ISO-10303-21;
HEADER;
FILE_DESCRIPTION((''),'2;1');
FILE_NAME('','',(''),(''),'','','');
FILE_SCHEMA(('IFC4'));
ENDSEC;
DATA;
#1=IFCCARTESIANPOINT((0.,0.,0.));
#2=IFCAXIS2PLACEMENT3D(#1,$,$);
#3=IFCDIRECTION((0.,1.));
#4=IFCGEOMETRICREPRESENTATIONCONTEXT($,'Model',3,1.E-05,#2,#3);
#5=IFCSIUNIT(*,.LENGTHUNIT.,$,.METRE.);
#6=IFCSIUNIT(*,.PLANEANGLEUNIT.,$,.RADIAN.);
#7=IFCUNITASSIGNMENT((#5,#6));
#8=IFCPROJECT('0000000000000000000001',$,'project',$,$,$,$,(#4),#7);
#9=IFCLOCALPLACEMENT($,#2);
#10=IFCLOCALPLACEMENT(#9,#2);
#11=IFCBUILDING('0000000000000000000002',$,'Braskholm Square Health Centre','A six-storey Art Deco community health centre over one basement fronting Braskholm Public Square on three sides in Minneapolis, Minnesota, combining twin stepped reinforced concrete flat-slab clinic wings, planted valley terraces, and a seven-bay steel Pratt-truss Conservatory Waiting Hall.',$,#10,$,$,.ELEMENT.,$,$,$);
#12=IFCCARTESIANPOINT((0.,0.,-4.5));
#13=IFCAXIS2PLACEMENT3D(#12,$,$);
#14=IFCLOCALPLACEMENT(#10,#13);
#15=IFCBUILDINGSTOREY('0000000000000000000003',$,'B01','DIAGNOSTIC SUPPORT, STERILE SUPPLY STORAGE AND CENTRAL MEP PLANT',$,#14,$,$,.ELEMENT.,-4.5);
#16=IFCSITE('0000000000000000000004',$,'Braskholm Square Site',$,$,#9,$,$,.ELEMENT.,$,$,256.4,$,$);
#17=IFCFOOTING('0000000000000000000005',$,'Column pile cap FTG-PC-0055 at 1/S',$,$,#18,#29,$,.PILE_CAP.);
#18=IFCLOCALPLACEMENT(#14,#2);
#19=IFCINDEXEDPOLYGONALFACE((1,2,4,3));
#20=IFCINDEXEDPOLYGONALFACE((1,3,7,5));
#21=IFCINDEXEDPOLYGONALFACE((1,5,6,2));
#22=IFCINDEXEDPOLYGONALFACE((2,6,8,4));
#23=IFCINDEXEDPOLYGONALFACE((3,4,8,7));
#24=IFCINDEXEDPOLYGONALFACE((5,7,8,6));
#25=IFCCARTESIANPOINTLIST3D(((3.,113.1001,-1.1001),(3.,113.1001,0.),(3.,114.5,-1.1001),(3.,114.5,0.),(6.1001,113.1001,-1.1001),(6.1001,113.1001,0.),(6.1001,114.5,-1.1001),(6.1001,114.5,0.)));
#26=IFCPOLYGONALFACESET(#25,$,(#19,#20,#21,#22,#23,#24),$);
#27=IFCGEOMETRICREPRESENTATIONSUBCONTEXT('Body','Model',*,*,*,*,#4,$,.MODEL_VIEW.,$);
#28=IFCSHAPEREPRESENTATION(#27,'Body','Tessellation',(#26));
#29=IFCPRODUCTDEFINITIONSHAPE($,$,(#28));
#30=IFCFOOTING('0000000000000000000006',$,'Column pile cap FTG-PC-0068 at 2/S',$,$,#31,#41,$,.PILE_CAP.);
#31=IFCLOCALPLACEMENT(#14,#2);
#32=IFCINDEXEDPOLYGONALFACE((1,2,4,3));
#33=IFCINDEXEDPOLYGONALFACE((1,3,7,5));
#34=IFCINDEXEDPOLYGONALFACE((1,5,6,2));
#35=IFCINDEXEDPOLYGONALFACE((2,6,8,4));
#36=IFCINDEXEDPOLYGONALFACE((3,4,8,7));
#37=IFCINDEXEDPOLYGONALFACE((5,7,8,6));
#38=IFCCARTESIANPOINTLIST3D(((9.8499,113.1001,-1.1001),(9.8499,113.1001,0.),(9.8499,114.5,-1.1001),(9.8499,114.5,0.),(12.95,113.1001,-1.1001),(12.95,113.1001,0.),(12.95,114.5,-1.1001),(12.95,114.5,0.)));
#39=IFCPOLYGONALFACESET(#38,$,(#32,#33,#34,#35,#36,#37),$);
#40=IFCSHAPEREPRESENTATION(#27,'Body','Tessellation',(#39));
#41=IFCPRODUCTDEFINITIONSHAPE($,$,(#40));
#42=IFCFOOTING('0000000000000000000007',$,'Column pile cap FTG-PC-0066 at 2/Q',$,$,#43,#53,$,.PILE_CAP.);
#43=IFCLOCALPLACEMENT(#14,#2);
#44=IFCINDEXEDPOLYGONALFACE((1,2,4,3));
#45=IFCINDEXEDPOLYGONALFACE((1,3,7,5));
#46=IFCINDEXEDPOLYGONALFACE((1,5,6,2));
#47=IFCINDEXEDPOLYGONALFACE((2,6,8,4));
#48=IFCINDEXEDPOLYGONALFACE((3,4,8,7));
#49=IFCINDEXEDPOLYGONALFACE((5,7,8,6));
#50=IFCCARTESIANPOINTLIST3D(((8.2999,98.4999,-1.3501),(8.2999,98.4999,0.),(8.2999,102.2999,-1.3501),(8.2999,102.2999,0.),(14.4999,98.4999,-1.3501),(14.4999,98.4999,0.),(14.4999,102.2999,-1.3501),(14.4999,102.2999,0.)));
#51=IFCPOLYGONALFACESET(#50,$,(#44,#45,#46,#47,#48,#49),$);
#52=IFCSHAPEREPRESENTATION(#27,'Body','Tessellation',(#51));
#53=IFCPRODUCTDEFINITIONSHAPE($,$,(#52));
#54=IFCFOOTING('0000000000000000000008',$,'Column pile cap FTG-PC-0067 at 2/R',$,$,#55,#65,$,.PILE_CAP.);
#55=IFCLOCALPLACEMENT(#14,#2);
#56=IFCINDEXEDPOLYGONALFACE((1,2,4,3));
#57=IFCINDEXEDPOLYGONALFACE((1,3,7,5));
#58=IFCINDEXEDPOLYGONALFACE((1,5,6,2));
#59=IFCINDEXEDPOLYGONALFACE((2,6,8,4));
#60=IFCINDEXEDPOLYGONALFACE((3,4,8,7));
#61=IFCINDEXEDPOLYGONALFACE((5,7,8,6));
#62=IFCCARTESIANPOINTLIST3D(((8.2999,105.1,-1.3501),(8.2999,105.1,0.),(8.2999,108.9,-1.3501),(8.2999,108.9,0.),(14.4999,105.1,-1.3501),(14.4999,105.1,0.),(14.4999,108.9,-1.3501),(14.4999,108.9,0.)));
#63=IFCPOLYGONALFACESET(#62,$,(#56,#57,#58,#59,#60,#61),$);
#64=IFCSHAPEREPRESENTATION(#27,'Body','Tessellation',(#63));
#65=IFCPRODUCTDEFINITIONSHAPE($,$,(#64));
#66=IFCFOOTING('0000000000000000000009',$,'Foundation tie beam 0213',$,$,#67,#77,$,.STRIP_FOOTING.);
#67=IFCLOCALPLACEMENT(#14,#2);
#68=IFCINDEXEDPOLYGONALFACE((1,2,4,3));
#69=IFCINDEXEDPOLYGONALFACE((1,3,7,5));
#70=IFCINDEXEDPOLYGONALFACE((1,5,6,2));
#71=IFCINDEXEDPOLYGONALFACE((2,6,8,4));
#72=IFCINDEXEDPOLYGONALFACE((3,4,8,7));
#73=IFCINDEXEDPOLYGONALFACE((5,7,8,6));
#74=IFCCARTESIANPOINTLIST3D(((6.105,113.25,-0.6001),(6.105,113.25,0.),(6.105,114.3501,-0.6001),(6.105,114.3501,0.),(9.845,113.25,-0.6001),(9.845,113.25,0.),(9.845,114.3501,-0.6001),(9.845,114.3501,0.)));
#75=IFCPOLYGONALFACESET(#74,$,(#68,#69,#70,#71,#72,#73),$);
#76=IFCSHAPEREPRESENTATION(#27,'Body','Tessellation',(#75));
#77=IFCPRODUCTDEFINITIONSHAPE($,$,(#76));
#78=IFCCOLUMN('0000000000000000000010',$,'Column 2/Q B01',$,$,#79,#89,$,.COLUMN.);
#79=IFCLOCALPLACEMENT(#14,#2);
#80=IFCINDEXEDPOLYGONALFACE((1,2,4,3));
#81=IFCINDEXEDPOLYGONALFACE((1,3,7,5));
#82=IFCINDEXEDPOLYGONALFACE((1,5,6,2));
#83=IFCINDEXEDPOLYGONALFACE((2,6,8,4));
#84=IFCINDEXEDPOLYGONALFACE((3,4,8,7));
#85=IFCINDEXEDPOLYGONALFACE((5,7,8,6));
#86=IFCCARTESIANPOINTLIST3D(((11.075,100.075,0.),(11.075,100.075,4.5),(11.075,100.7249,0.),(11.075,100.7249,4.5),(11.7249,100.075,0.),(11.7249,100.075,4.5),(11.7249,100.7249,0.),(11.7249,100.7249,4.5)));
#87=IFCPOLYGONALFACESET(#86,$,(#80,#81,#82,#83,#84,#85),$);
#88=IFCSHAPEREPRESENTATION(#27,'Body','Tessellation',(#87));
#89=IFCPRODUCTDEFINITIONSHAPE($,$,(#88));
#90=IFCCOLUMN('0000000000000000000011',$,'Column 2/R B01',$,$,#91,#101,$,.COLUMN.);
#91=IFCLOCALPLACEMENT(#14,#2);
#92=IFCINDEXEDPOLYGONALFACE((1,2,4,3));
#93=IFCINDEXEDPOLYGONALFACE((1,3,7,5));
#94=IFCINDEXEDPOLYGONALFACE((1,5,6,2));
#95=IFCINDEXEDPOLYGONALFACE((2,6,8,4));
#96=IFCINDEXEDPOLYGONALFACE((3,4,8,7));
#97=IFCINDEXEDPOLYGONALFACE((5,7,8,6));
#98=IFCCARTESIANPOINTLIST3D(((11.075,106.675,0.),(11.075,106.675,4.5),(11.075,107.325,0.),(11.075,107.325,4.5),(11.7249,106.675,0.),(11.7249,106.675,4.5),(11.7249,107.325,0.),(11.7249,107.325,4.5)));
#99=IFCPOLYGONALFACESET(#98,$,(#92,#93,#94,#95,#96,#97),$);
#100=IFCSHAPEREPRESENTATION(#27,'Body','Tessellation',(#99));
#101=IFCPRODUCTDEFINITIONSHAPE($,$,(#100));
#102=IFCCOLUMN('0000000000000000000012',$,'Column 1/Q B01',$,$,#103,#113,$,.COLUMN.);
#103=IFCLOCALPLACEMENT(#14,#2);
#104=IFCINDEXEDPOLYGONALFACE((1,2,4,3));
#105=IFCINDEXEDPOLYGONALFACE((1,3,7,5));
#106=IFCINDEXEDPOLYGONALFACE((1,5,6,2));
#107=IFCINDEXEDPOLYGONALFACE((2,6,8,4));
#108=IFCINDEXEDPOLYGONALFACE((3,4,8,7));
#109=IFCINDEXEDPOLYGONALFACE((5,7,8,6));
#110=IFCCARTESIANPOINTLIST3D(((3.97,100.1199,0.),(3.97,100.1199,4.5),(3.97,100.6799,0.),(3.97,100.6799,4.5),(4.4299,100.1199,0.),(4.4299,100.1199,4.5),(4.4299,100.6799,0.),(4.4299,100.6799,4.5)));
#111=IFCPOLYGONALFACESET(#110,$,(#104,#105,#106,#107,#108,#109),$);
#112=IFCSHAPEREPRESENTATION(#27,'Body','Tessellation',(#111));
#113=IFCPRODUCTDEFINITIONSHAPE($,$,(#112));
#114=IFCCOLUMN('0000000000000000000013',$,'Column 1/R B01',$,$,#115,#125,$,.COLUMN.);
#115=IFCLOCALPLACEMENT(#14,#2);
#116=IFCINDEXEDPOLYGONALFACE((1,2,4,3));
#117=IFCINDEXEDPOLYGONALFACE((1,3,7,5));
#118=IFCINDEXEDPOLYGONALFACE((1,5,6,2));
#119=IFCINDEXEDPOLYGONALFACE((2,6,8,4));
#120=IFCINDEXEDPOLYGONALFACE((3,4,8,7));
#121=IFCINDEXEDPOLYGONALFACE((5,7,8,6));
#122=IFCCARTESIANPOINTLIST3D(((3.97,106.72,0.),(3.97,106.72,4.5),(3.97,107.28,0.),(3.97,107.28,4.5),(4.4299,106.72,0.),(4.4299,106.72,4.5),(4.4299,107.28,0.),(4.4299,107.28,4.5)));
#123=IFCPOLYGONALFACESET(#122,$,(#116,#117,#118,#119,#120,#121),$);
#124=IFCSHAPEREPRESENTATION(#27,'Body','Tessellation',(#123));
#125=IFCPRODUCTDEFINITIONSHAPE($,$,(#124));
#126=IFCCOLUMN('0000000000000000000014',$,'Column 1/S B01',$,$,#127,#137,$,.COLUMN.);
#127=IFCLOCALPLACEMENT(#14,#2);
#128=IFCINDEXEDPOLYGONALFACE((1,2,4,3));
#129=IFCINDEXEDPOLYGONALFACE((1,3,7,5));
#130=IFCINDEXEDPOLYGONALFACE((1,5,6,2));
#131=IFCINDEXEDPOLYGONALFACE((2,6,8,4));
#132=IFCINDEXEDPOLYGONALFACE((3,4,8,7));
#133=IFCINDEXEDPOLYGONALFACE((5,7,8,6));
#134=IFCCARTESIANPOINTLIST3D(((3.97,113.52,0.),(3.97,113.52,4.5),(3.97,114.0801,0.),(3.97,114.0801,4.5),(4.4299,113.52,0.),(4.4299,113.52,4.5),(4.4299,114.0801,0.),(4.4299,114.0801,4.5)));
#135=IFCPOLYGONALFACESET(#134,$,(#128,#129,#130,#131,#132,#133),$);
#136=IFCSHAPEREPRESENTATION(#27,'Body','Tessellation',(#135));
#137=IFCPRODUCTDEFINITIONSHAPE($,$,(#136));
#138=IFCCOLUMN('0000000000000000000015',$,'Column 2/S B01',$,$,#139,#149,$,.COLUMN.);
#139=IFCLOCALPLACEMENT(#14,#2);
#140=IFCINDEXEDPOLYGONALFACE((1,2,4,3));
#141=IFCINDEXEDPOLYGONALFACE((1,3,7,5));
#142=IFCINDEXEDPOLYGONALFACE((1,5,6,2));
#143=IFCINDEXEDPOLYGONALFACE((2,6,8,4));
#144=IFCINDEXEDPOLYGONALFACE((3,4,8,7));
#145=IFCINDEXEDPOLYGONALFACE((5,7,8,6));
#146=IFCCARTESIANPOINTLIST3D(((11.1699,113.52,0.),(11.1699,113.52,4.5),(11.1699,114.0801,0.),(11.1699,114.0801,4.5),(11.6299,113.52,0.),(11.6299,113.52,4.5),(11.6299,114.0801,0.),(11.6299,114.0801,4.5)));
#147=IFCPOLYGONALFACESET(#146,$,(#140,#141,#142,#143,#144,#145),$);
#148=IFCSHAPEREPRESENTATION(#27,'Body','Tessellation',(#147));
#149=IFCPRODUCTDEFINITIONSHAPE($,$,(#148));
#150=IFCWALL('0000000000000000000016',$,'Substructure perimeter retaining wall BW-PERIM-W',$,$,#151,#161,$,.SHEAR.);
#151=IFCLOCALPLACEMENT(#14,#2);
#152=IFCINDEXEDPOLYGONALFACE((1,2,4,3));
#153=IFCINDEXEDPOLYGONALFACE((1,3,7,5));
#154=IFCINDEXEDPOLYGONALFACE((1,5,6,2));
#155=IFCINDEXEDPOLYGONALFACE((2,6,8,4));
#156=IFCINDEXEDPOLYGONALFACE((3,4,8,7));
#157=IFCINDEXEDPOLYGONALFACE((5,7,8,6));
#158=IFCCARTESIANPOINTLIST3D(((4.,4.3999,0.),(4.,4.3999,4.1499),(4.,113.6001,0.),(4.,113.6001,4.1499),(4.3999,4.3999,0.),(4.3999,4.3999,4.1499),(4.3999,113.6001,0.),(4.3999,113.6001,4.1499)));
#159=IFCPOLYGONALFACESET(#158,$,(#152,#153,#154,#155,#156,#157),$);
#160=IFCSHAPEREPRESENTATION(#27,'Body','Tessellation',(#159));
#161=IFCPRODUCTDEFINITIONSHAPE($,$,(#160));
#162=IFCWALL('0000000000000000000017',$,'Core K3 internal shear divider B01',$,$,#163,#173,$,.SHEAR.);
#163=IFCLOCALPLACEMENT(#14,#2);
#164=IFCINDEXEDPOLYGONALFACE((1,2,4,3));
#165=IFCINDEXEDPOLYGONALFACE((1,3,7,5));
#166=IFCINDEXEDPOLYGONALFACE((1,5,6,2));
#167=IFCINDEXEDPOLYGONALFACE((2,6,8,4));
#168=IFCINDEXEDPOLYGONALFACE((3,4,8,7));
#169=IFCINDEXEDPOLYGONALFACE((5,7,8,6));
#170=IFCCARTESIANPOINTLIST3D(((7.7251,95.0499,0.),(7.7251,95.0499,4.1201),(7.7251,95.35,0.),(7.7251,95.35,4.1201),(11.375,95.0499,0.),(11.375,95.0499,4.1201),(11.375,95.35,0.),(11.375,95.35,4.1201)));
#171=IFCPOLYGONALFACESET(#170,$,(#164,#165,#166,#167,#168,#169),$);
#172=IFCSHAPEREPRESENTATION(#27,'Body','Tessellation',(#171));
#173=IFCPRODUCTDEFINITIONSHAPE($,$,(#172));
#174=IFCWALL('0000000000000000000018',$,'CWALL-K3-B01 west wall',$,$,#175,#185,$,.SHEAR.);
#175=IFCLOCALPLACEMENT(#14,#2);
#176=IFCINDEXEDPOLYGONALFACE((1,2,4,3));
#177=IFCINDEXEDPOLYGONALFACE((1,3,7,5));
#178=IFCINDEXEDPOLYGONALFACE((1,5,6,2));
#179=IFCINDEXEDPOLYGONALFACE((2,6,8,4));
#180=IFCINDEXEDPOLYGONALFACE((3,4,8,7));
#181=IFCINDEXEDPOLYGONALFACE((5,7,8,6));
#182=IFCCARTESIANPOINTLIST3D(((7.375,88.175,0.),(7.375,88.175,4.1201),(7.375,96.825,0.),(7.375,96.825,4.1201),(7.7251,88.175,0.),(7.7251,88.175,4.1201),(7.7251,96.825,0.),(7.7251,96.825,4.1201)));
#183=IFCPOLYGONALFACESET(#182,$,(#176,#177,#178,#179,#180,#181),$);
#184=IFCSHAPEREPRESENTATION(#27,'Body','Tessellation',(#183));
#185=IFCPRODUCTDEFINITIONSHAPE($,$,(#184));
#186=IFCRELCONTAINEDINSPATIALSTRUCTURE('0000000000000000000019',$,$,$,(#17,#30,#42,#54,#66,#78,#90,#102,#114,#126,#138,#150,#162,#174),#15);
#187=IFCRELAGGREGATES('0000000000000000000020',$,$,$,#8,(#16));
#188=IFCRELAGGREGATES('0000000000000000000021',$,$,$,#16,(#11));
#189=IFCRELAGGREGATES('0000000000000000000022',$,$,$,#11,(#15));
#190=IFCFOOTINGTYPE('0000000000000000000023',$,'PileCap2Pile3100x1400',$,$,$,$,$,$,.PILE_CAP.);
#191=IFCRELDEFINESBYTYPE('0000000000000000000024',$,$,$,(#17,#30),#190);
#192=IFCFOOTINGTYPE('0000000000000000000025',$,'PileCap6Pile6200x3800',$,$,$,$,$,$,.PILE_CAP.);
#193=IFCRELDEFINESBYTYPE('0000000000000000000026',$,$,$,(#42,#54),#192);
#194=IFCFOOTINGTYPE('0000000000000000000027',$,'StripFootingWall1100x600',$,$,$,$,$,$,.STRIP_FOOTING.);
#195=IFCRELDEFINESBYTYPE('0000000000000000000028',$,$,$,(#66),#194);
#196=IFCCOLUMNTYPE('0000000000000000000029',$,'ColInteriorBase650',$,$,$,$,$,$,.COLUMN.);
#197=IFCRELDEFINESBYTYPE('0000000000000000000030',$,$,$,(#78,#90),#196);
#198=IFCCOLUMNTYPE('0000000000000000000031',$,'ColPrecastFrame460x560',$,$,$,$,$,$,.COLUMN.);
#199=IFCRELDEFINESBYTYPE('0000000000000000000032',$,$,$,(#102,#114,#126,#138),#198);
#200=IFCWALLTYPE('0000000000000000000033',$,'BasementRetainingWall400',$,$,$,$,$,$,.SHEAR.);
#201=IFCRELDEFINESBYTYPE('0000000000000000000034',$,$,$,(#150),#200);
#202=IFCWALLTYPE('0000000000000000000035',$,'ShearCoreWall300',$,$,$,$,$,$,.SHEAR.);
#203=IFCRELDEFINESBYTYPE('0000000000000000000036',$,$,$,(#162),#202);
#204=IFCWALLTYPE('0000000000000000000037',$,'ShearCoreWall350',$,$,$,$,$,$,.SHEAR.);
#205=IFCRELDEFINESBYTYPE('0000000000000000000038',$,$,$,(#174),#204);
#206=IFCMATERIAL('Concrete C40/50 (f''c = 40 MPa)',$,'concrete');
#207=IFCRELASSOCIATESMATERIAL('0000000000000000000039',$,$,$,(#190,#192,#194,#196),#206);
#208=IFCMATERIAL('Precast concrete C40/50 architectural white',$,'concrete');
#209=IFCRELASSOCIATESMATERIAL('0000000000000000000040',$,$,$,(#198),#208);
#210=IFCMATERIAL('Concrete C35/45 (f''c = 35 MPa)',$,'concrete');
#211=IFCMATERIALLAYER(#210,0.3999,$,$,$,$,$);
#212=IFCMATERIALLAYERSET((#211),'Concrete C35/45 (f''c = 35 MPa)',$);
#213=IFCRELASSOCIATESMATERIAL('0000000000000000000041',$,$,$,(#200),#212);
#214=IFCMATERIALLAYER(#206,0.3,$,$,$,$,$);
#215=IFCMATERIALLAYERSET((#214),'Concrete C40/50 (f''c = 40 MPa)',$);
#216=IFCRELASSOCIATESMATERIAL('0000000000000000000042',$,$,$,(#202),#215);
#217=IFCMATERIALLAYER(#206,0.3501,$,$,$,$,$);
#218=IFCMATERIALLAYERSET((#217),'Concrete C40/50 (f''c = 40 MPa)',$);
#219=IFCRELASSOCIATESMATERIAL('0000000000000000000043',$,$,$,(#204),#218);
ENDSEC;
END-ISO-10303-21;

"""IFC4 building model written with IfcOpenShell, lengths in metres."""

from ifc_helpers import new_model, si_unit, direction, frame, frame_2d, origin, origin_2d, place, context, subcontext, project, spatial, rectangle, extrude, material, layer, layer_set, material_profile, profile_set, type_object, element, save


model = new_model("IFC4")

# Units and contexts
model_context = context("Model", 3, precision=1e-05, world=origin(), true_north=direction((0.0, 1.0)))
body_context = subcontext(model_context, "Body", "Model", "MODEL_VIEW")
ifc_project = project(units=[si_unit("LENGTHUNIT", "METRE"), si_unit("PLANEANGLEUNIT", "RADIAN")], contexts=[model_context])

# Site, building, storey
site_placement = place(None, origin())
site = spatial("IfcSite", under=ifc_project, at=site_placement, Name="Braskholm Square Site", CompositionType="ELEMENT", RefElevation=256.4)
building_placement = place(site_placement, origin())
building = spatial("IfcBuilding", under=site, at=building_placement, Name="Braskholm Square Health Centre", Description="A six-storey Art Deco community health centre over one basement fronting Braskholm Public Square on three sides in Minneapolis, Minnesota, combining twin stepped reinforced concrete flat-slab clinic wings, planted valley terraces, and a seven-bay steel Pratt-truss Conservatory Waiting Hall.", CompositionType="ELEMENT")
storey_placement = place(building_placement, frame((0.0, 0.0, -4.5)))
storey = spatial("IfcBuildingStorey", under=building, at=storey_placement, Name="B01", Description="DIAGNOSTIC SUPPORT, STERILE SUPPLY STORAGE AND CENTRAL MEP PLANT", CompositionType="ELEMENT", Elevation=-4.5)

# Shared definitions
ifc_material_1 = material(Name="Concrete C40/50 (f'c = 40 MPa)", Category="concrete")

# Footings
footing_type_1 = type_object("IfcFootingType", Name="PileCap2Pile3100x1400", PredefinedType="PILE_CAP", material=ifc_material_1)
for number, where, z_axis, x_axis, name in (
    (1, (4.55, 113.8, -1.1001), (0.0, 0.0, 1.0), (1.0, 0.0, 0.0), "Column pile cap FTG-PC-0055 at 1/S"),
    (2, (11.3999, 113.8, -1.1001), (0.0, 0.0, 1.0), (1.0, 0.0, 0.0), "Column pile cap FTG-PC-0068 at 2/S"),
):
    element("IfcFooting", number, at=place(storey_placement, frame(where, z_axis=z_axis, x_axis=x_axis)), inside=storey, type_object=footing_type_1, Name=name, PredefinedType="PILE_CAP", context=body_context, shape_type="SweptSolid", body=[
        extrude(rectangle(XDim=3.1001, YDim=1.3999, at=origin_2d()), origin(), (0.0, 0.0, 1.0), 1.1001),
    ])
footing_type_2 = type_object("IfcFootingType", Name="PileCap6Pile6200x3800", PredefinedType="PILE_CAP", material=ifc_material_1)
for number, where, z_axis, x_axis, name in (
    (3, (11.3999, 100.3999, -1.3501), (0.0, 0.0, 1.0), (1.0, 0.0, 0.0), "Column pile cap FTG-PC-0066 at 2/Q"),
    (4, (11.3999, 107.0, -1.3501), (0.0, 0.0, 1.0), (1.0, 0.0, 0.0), "Column pile cap FTG-PC-0067 at 2/R"),
):
    element("IfcFooting", number, at=place(storey_placement, frame(where, z_axis=z_axis, x_axis=x_axis)), inside=storey, type_object=footing_type_2, Name=name, PredefinedType="PILE_CAP", context=body_context, shape_type="SweptSolid", body=[
        extrude(rectangle(XDim=6.2, YDim=3.8, at=origin_2d()), origin(), (0.0, 0.0, 1.0), 1.3501),
    ])
ifc_material_profile_1 = material_profile(ifc_material_1, rectangle(XDim=1.1001, YDim=0.6001, at=origin_2d()), Name="FTG-1100X600")
ifc_profile_set_1 = profile_set([ifc_material_profile_1], Name="Concrete C40/50 (f'c = 40 MPa)")
footing_type_3 = type_object("IfcFootingType", Name="StripFootingWall1100x600", PredefinedType="STRIP_FOOTING", material=ifc_profile_set_1)
footing_1_placement = place(storey_placement, frame((6.105, 113.8, -0.3), z_axis=(1.0, 0.0, 0.0), x_axis=(0.0, 1.0, 0.0)))
element("IfcFooting", 5, at=footing_1_placement, inside=storey, type_object=footing_type_3, Name="Foundation tie beam 0213", PredefinedType="STRIP_FOOTING", context=body_context, shape_type="SweptSolid", body=[
    extrude(rectangle(XDim=1.1001, YDim=0.6001, at=origin_2d()), origin(), (0.0, 0.0, 1.0), 3.74),
])

# Columns
ifc_material_profile_2 = material_profile(ifc_material_1, rectangle(XDim=0.6499, YDim=0.6499, at=origin_2d()), Name="RC-650X650")
ifc_profile_set_2 = profile_set([ifc_material_profile_2], Name="Concrete C40/50 (f'c = 40 MPa)")
column_type_1 = type_object("IfcColumnType", Name="ColInteriorBase650", PredefinedType="COLUMN", material=ifc_profile_set_2)
for number, where, z_axis, x_axis, name in (
    (6, (11.3999, 100.3999, 0.0), (0.0, 0.0, 1.0), (1.0, 0.0, 0.0), "Column 2/Q B01"),
    (7, (11.3999, 107.0, 0.0), (0.0, 0.0, 1.0), (1.0, 0.0, 0.0), "Column 2/R B01"),
):
    element("IfcColumn", number, at=place(storey_placement, frame(where, z_axis=z_axis, x_axis=x_axis)), inside=storey, type_object=column_type_1, Name=name, PredefinedType="COLUMN", context=body_context, shape_type="SweptSolid", body=[
        extrude(rectangle(XDim=0.6499, YDim=0.6499, at=origin_2d()), origin(), (0.0, 0.0, 1.0), 4.5),
    ])
ifc_material_2 = material(Name="Precast concrete C40/50 architectural white", Category="concrete")
ifc_material_profile_3 = material_profile(ifc_material_2, rectangle(XDim=0.46, YDim=0.5601, at=origin_2d()), Name="RC-460X560")
ifc_profile_set_3 = profile_set([ifc_material_profile_3], Name="Precast concrete C40/50 architectural white")
column_type_2 = type_object("IfcColumnType", Name="ColPrecastFrame460x560", PredefinedType="COLUMN", material=ifc_profile_set_3)
for number, where, z_axis, x_axis, name in (
    (8, (4.2, 100.3999, 0.0), (0.0, 0.0, 1.0), (1.0, 0.0, 0.0), "Column 1/Q B01"),
    (9, (4.2, 107.0, 0.0), (0.0, 0.0, 1.0), (1.0, 0.0, 0.0), "Column 1/R B01"),
    (10, (4.2, 113.8, 0.0), (0.0, 0.0, 1.0), (1.0, 0.0, 0.0), "Column 1/S B01"),
    (11, (11.3999, 113.8, 0.0), (0.0, 0.0, 1.0), (1.0, 0.0, 0.0), "Column 2/S B01"),
):
    element("IfcColumn", number, at=place(storey_placement, frame(where, z_axis=z_axis, x_axis=x_axis)), inside=storey, type_object=column_type_2, Name=name, PredefinedType="COLUMN", context=body_context, shape_type="SweptSolid", body=[
        extrude(rectangle(XDim=0.46, YDim=0.5601, at=origin_2d()), origin(), (0.0, 0.0, 1.0), 4.5),
    ])

# Walls
ifc_material_3 = material(Name="Concrete C35/45 (f'c = 35 MPa)", Category="concrete")
ifc_layer_1 = layer(ifc_material_3, 0.3999)
ifc_layer_set_1 = layer_set([ifc_layer_1], Name="Concrete C35/45 (f'c = 35 MPa)")
wall_type_1 = type_object("IfcWallType", Name="BasementRetainingWall400", PredefinedType="SHEAR", material=ifc_layer_set_1)
wall_1_placement = place(storey_placement, frame((4.2, 113.6001, 0.0), z_axis=(0.0, 0.0, 1.0), x_axis=(0.0, -1.0, 0.0)))
element("IfcWall", 12, at=wall_1_placement, inside=storey, type_object=wall_type_1, Name="Substructure perimeter retaining wall BW-PERIM-W", PredefinedType="SHEAR", context=body_context, shape_type="SweptSolid", body=[
    extrude(rectangle(XDim=109.2002, YDim=0.3999, at=frame_2d((54.6001, 0.0))), origin(), (0.0, 0.0, 1.0), 4.1499),
])
ifc_layer_2 = layer(ifc_material_1, 0.3)
ifc_layer_set_2 = layer_set([ifc_layer_2], Name="Concrete C40/50 (f'c = 40 MPa)")
wall_type_2 = type_object("IfcWallType", Name="ShearCoreWall300", PredefinedType="SHEAR", material=ifc_layer_set_2)
wall_2_placement = place(storey_placement, frame((7.7251, 95.2, 0.0), z_axis=(0.0, 0.0, 1.0), x_axis=(1.0, 0.0, 0.0)))
element("IfcWall", 13, at=wall_2_placement, inside=storey, type_object=wall_type_2, Name="Core K3 internal shear divider B01", PredefinedType="SHEAR", context=body_context, shape_type="SweptSolid", body=[
    extrude(rectangle(XDim=3.6499, YDim=0.3, at=frame_2d((1.825, 0.0))), origin(), (0.0, 0.0, 1.0), 4.1201),
])
ifc_layer_3 = layer(ifc_material_1, 0.3501)
ifc_layer_set_3 = layer_set([ifc_layer_3], Name="Concrete C40/50 (f'c = 40 MPa)")
wall_type_3 = type_object("IfcWallType", Name="ShearCoreWall350", PredefinedType="SHEAR", material=ifc_layer_set_3)
wall_3_placement = place(storey_placement, frame((7.55, 96.825, 0.0), z_axis=(0.0, 0.0, 1.0), x_axis=(0.0, -1.0, 0.0)))
element("IfcWall", 14, at=wall_3_placement, inside=storey, type_object=wall_type_3, Name="CWALL-K3-B01 west wall", PredefinedType="SHEAR", context=body_context, shape_type="SweptSolid", body=[
    extrude(rectangle(XDim=8.6499, YDim=0.3501, at=frame_2d((4.325, 0.0))), origin(), (0.0, 0.0, 1.0), 4.1201),
])

save(model, "model.ifc")
